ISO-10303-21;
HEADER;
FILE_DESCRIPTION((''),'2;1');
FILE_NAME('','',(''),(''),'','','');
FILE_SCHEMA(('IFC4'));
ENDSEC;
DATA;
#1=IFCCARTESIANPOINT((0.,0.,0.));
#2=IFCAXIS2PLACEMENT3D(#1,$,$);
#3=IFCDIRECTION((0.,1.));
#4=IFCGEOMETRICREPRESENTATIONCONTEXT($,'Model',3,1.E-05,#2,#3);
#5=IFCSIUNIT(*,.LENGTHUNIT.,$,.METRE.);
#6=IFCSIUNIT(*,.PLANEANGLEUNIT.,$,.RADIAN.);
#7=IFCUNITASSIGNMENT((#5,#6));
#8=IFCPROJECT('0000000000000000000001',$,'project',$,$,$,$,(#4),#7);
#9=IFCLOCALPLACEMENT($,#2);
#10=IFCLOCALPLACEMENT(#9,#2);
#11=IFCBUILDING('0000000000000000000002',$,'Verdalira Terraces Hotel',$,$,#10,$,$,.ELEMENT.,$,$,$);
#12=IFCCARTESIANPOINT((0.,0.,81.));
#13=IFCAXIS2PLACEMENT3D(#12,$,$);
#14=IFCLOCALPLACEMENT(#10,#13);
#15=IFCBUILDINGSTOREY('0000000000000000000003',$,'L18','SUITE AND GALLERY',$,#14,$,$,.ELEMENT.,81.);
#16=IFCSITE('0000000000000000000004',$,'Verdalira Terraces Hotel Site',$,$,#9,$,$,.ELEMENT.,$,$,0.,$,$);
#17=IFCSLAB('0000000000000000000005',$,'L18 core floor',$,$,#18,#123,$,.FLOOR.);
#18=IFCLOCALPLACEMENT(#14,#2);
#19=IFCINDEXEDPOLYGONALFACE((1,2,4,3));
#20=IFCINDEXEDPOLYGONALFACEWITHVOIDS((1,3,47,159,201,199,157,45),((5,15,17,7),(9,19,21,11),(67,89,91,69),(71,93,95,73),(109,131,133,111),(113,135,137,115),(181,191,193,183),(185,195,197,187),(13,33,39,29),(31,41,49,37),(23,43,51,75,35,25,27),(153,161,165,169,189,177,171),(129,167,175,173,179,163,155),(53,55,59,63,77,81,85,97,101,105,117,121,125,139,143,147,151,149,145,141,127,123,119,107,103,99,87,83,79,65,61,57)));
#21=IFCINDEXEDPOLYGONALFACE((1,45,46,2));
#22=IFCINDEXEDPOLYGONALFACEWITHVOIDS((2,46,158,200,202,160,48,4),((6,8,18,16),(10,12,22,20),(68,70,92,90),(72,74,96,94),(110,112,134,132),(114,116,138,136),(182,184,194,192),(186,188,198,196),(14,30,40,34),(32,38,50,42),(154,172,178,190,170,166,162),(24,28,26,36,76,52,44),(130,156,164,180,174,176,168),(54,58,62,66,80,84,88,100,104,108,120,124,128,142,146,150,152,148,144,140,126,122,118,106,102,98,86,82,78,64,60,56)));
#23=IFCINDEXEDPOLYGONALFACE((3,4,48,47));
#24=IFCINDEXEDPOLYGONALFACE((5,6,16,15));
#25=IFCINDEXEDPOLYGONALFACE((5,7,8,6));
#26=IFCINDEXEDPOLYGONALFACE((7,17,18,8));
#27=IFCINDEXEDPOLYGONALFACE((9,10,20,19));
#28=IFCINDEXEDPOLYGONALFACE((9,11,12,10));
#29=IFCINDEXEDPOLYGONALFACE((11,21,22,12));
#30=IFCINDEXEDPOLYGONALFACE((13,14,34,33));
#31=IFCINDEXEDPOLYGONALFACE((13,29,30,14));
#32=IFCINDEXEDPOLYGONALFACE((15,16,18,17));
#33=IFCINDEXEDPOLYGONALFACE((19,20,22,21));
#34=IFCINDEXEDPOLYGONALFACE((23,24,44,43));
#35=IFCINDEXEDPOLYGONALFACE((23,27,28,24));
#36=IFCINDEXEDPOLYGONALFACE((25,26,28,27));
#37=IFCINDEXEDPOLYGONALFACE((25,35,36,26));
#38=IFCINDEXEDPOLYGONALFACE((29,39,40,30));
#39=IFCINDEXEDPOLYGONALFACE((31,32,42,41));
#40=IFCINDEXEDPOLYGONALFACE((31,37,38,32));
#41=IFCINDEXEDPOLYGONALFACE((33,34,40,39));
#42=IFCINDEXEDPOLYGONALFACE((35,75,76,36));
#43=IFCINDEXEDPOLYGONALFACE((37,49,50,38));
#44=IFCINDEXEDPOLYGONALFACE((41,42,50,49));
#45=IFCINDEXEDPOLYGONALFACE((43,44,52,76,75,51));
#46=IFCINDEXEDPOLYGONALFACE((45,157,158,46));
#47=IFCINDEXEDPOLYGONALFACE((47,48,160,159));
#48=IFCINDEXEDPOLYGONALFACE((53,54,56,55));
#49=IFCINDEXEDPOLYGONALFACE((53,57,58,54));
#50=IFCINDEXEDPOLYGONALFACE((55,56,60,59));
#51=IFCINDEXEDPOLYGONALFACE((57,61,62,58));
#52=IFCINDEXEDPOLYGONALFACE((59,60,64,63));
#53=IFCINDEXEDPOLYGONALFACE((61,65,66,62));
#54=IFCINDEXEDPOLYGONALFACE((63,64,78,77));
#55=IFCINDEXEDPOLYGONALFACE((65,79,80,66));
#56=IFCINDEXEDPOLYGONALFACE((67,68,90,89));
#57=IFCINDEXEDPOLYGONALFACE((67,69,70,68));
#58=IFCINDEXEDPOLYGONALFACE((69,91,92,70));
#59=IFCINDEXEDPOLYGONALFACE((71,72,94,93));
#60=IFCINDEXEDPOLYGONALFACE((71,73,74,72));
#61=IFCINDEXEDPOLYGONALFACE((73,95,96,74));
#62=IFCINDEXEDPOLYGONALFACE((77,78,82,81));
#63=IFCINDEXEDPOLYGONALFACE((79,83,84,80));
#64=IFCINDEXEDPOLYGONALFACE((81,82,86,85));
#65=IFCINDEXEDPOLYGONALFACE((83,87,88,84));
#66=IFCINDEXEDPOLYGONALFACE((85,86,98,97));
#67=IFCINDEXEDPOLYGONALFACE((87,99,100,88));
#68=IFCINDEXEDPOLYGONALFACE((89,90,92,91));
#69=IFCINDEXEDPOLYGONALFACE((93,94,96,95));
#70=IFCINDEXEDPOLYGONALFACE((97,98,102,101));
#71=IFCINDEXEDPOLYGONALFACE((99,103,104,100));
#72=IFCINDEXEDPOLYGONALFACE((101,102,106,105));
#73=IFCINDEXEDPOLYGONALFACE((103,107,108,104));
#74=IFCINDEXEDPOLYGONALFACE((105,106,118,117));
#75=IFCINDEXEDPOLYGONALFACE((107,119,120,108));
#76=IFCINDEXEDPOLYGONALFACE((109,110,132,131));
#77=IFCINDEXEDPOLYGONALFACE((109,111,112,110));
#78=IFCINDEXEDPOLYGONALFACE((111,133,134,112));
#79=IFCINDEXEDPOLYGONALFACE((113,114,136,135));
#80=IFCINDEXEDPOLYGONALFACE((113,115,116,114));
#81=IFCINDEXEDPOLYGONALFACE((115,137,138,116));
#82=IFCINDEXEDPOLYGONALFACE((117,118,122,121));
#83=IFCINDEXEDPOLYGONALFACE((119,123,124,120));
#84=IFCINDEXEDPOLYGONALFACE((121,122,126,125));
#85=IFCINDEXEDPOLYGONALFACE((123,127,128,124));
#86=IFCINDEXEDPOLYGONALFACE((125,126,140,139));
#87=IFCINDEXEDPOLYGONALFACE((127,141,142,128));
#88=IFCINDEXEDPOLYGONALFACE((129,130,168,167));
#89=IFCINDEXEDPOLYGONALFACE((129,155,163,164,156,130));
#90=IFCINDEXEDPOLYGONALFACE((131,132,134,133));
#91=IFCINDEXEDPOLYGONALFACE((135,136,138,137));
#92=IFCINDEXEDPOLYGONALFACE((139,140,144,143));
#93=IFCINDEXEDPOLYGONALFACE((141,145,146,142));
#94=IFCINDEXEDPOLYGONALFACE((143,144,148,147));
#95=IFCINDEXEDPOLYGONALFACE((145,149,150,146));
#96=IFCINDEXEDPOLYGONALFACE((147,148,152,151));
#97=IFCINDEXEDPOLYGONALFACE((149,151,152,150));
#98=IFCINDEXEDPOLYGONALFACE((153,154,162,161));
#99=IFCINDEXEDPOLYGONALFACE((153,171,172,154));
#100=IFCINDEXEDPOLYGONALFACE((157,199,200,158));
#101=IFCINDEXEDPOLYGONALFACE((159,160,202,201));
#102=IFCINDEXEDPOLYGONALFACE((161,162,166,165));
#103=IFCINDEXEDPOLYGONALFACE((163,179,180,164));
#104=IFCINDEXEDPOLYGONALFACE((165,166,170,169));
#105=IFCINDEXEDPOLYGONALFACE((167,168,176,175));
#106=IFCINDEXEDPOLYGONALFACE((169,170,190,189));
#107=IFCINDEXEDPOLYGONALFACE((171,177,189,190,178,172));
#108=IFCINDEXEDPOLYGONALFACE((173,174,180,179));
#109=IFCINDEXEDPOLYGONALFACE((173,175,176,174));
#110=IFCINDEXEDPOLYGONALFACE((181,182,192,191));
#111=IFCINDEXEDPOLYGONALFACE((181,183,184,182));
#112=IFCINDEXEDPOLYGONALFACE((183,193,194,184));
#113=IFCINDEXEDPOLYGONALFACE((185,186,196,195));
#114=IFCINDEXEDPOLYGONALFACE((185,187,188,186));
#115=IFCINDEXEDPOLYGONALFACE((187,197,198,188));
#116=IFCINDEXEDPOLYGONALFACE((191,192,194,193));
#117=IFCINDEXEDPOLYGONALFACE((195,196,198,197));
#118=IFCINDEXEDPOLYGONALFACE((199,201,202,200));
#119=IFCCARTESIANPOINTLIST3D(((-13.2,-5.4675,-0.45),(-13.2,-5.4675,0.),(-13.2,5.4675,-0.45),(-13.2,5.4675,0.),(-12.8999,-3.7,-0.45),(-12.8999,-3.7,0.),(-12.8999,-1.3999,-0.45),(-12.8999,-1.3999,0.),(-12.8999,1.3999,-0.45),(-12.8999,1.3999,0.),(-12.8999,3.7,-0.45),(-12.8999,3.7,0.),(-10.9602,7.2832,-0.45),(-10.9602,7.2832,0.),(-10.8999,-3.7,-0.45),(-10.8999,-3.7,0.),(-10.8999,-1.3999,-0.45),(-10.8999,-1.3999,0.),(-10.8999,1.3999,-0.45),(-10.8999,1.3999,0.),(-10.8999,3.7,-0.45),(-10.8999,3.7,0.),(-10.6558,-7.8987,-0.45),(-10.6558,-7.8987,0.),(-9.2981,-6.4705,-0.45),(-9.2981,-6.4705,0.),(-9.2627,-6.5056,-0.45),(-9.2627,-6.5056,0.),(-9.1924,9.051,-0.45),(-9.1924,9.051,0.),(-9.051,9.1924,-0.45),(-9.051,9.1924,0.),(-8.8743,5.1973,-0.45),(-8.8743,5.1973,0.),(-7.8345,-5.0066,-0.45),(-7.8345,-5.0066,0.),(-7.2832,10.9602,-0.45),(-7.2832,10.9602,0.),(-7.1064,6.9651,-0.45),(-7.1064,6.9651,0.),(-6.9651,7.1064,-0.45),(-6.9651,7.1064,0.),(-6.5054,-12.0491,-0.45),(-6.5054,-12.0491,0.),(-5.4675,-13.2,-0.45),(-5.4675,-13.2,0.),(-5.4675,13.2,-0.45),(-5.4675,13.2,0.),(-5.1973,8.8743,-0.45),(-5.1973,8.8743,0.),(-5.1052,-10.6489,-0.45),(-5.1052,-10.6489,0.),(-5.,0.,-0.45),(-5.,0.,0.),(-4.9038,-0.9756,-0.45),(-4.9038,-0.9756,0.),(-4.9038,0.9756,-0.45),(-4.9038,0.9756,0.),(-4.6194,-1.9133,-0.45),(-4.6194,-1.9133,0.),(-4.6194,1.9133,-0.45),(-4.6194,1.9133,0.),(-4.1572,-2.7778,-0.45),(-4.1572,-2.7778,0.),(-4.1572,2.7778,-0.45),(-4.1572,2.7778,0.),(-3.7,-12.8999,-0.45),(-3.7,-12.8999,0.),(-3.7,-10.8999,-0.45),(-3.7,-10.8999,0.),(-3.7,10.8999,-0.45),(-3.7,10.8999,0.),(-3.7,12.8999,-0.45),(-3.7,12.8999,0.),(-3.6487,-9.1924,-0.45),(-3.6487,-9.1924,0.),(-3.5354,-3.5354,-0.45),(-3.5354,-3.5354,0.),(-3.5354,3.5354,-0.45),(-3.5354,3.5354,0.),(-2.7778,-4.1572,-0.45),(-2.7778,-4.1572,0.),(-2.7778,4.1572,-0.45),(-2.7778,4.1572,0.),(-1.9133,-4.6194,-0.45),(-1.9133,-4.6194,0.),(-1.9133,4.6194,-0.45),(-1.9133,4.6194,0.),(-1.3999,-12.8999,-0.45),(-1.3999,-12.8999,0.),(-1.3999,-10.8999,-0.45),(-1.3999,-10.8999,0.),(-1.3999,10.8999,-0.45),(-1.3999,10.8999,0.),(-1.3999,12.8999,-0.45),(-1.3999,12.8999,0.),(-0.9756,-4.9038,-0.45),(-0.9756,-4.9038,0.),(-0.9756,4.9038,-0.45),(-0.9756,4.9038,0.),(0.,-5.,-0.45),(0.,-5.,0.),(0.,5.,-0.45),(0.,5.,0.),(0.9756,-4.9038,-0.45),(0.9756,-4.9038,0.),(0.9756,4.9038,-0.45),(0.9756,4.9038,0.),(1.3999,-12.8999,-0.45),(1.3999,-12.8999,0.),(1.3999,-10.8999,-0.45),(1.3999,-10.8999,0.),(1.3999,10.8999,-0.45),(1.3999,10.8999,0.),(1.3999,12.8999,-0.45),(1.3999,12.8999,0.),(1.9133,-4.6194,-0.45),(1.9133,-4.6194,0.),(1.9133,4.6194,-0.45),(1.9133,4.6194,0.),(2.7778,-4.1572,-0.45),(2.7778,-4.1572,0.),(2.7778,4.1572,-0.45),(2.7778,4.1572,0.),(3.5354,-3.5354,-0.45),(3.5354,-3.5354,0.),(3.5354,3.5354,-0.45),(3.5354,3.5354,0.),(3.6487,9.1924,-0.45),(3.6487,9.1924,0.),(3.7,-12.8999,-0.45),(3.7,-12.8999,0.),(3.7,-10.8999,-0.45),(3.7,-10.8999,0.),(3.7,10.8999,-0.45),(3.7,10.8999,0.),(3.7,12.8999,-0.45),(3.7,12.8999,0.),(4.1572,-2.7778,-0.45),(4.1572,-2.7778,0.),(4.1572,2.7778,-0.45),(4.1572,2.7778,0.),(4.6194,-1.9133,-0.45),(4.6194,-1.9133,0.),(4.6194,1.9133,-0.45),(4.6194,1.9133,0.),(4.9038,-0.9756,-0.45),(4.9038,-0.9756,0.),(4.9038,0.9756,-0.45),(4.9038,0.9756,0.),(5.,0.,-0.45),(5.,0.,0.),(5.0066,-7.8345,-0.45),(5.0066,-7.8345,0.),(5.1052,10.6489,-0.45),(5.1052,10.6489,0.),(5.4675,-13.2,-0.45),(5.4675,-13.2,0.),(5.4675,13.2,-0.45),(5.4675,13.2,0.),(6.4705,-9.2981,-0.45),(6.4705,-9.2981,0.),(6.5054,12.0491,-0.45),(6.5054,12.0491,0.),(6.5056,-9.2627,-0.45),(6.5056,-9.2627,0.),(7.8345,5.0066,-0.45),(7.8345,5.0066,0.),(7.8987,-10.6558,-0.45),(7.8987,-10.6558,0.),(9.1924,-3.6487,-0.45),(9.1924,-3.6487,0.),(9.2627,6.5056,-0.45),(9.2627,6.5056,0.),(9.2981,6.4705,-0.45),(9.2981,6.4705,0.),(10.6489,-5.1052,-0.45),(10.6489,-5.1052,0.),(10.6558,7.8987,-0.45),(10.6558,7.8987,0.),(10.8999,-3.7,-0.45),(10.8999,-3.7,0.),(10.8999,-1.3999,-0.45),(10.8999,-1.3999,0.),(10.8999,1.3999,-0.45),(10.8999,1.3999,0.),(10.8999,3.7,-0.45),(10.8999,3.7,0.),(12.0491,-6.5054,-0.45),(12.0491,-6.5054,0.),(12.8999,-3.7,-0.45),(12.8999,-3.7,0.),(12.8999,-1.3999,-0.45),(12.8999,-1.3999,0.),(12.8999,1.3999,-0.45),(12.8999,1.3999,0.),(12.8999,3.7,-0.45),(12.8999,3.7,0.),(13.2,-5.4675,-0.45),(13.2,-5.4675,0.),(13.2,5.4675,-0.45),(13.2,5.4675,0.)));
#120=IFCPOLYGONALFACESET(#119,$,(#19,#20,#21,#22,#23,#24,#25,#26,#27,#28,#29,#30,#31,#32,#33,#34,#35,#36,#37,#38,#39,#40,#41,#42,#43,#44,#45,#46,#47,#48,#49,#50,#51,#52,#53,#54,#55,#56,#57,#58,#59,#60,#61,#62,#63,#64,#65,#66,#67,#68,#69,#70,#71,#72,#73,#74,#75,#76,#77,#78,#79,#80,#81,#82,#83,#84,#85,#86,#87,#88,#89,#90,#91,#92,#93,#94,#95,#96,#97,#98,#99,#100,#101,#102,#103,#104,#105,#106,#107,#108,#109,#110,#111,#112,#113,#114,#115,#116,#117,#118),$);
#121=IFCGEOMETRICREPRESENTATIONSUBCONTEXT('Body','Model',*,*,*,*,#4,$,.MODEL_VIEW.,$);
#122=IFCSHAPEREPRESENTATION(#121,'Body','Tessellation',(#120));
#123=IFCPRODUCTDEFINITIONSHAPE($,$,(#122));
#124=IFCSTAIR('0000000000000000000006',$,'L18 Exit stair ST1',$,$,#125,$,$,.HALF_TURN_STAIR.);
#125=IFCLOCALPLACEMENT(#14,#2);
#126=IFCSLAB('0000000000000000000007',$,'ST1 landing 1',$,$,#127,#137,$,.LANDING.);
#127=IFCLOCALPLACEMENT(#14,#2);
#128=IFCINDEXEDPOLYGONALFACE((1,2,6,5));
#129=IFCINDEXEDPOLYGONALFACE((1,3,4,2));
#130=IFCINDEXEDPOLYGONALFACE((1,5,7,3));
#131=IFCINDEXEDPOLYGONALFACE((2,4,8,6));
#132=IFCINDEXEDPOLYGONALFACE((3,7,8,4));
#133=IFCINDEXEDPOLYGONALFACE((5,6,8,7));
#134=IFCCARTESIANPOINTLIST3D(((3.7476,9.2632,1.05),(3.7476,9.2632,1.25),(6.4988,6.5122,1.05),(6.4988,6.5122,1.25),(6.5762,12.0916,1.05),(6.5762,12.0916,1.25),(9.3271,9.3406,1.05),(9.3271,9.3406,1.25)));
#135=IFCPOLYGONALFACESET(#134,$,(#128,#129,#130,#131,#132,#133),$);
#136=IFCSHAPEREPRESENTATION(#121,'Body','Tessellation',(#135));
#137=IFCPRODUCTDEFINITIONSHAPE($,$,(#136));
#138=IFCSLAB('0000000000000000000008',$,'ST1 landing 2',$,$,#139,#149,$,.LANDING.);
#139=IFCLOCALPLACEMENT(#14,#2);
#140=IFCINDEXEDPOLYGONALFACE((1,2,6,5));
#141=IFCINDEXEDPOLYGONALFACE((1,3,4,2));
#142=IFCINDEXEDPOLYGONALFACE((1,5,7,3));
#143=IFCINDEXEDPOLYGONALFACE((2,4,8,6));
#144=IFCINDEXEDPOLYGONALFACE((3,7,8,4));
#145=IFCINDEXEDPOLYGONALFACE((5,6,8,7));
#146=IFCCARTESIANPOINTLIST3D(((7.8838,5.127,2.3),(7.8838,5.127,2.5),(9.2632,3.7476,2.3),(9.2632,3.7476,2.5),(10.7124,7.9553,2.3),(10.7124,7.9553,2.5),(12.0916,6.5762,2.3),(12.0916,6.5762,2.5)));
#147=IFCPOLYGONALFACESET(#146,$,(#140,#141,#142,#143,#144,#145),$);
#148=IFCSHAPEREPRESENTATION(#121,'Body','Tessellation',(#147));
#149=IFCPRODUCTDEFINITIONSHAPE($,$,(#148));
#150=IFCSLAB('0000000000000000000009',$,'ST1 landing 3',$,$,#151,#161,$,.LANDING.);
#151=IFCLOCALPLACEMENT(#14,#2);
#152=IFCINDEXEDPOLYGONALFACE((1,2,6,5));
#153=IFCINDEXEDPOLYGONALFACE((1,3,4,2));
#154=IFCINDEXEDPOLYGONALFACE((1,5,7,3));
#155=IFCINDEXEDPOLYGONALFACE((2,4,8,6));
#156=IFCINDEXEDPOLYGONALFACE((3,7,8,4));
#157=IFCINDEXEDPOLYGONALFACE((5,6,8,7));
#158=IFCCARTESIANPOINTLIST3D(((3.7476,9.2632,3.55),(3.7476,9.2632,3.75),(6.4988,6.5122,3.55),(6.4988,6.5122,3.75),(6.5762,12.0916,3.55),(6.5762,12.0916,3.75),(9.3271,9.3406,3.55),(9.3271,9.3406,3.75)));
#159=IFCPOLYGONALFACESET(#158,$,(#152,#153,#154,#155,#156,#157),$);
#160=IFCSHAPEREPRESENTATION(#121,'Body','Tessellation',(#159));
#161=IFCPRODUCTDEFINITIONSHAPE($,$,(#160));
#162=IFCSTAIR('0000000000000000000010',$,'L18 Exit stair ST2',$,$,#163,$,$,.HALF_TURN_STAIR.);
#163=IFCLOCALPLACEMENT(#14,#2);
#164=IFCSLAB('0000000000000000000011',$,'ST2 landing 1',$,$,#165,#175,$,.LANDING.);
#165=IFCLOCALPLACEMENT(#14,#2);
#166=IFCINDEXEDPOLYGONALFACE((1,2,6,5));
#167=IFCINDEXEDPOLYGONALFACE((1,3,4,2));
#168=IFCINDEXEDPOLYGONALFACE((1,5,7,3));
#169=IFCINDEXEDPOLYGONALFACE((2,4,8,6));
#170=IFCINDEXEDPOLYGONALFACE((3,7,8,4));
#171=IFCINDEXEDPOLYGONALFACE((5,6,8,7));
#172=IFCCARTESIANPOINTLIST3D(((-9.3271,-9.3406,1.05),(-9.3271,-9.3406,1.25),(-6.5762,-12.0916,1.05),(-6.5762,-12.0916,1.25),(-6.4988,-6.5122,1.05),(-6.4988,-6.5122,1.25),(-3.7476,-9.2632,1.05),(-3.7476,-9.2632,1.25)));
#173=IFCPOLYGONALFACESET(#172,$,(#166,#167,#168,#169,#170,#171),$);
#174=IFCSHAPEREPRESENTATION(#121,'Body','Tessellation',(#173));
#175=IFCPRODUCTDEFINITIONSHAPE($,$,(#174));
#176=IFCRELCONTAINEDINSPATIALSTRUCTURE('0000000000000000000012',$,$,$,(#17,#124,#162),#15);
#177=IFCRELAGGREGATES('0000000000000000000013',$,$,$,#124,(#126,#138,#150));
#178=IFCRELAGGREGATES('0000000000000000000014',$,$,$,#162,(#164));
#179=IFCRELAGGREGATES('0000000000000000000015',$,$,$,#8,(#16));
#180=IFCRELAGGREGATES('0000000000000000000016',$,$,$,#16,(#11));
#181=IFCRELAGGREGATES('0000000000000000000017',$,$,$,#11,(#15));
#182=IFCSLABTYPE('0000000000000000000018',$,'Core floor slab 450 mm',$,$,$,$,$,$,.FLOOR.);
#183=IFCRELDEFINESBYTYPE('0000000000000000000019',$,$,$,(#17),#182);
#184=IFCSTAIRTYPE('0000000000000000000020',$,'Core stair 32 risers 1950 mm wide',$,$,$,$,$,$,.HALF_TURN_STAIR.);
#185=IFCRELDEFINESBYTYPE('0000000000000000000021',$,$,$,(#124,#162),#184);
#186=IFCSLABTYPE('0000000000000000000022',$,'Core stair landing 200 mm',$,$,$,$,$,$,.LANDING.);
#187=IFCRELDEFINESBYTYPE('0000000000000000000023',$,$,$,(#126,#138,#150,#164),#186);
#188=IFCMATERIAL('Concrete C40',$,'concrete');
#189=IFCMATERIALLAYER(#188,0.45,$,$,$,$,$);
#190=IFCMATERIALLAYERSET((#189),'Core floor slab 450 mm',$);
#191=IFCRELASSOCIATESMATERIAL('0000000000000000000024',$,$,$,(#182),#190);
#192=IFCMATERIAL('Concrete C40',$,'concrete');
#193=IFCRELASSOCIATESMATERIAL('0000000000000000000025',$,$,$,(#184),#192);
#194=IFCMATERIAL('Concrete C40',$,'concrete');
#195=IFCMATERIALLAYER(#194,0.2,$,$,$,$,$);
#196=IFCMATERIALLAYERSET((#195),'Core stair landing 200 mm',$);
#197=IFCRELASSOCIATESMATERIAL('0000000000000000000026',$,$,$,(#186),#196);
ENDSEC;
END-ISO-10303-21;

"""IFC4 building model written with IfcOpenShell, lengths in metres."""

from ifc_helpers import new_model, si_unit, direction, frame, origin, place, context, subcontext, project, spatial, polyline, outline, extrude, material, layer, layer_set, type_object, element, aggregate, save


model = new_model("IFC4")

# Units and contexts
model_context = context("Model", 3, precision=1e-05, world=origin(), true_north=direction((0.0, 1.0)))
body_context = subcontext(model_context, "Body", "Model", "MODEL_VIEW")
ifc_project = project(units=[si_unit("LENGTHUNIT", "METRE"), si_unit("PLANEANGLEUNIT", "RADIAN")], contexts=[model_context])

# Site, building, storey
site_placement = place(None, origin())
site = spatial("IfcSite", under=ifc_project, at=site_placement, Name="Verdalira Terraces Hotel Site", CompositionType="ELEMENT", RefElevation=0.0)
building_placement = place(site_placement, origin())
building = spatial("IfcBuilding", under=site, at=building_placement, Name="Verdalira Terraces Hotel", CompositionType="ELEMENT")
storey_placement = place(building_placement, frame((0.0, 0.0, 81.0)))
storey = spatial("IfcBuildingStorey", under=building, at=storey_placement, Name="L18", Description="SUITE AND GALLERY", CompositionType="ELEMENT", Elevation=81.0)

# Slab
ifc_material_1 = material(Name="Concrete C40", Category="concrete")
ifc_layer_1 = layer(ifc_material_1, 0.45)
ifc_layer_set_1 = layer_set([ifc_layer_1], Name="Core floor slab 450 mm")
slab_type_1 = type_object("IfcSlabType", Name="Core floor slab 450 mm", PredefinedType="FLOOR", material=ifc_layer_set_1)
slab_1_placement = place(storey_placement, frame((0.0, 0.0, -0.45)))
element("IfcSlab", 1, at=slab_1_placement, inside=storey, type_object=slab_type_1, Name="L18 core floor", PredefinedType="FLOOR", context=body_context, shape_type="SweptSolid", body=[
    extrude(outline(polyline([(-5.4675, 13.2), (5.4675, 13.2), (13.2, 5.4675), (13.2, -5.4675), (5.4675, -13.2), (-5.4675, -13.2), (-13.2, -5.4675), (-13.2, 5.4675), (-5.4675, 13.2)]), holes=[polyline([(12.8999, -3.7), (12.8999, -1.3999), (10.8999, -1.3999), (10.8999, -3.7), (12.8999, -3.7)]), polyline([(12.8999, 1.3999), (12.8999, 3.7), (10.8999, 3.7), (10.8999, 1.3999), (12.8999, 1.3999)]), polyline([(1.3999, 10.8999), (3.7, 10.8999), (3.7, 12.8999), (1.3999, 12.8999), (1.3999, 10.8999)]), polyline([(-3.7, 10.8999), (-1.3999, 10.8999), (-1.3999, 12.8999), (-3.7, 12.8999), (-3.7, 10.8999)]), polyline([(-12.8999, 3.7), (-12.8999, 1.3999), (-10.8999, 1.3999), (-10.8999, 3.7), (-12.8999, 3.7)]), polyline([(-12.8999, -1.3999), (-12.8999, -3.7), (-10.8999, -3.7), (-10.8999, -1.3999), (-12.8999, -1.3999)]), polyline([(-1.3999, -10.8999), (-3.7, -10.8999), (-3.7, -12.8999), (-1.3999, -12.8999), (-1.3999, -10.8999)]), polyline([(3.7, -10.8999), (1.3999, -10.8999), (1.3999, -12.8999), (3.7, -12.8999), (3.7, -10.8999)]), polyline([(-9.051, 9.1924), (-6.9651, 7.1064), (-5.1973, 8.8743), (-7.2832, 10.9602), (-9.051, 9.1924)]), polyline([(-9.1924, 9.051), (-10.9602, 7.2832), (-8.8743, 5.1973), (-7.1064, 6.9651), (-9.1924, 9.051)]), polyline([(3.5354, 3.5354), (2.7778, 4.1572), (1.9133, 4.6194), (0.9756, 4.9038), (0.0, 5.0), (-0.9756, 4.9038), (-1.9133, 4.6194), (-2.7778, 4.1572), (-3.5354, 3.5354), (-4.1572, 2.7778), (-4.6194, 1.9133), (-4.9038, 0.9756), (-5.0, 0.0), (-4.9038, -0.9756), (-4.6194, -1.9133), (-4.1572, -2.7778), (-3.5354, -3.5354), (-2.7778, -4.1572), (-1.9133, -4.6194), (-0.9756, -4.9038), (0.0, -5.0), (0.9756, -4.9038), (1.9133, -4.6194), (2.7778, -4.1572), (3.5354, -3.5354), (4.1572, -2.7778), (4.6194, -1.9133), (4.9038, -0.9756), (5.0, 0.0), (4.9038, 0.9756), (4.6194, 1.9133), (4.1572, 2.7778), (3.5354, 3.5354)]), polyline([(6.5054, 12.0491), (5.1052, 10.6489), (3.6487, 9.1924), (7.8345, 5.0066), (9.2981, 6.4705), (9.2627, 6.5056), (10.6558, 7.8987), (6.5054, 12.0491)]), polyline([(-3.6487, -9.1924), (-7.8345, -5.0066), (-9.2981, -6.4705), (-9.2627, -6.5056), (-10.6558, -7.8987), (-6.5054, -12.0491), (-5.1052, -10.6489), (-3.6487, -9.1924)]), polyline([(10.6489, -5.1052), (9.1924, -3.6487), (5.0066, -7.8345), (6.4705, -9.2981), (6.5056, -9.2627), (7.8987, -10.6558), (12.0491, -6.5054), (10.6489, -5.1052)])]), origin(), (0.0, 0.0, 1.0), 0.45),
])

# Stairs, slabs
ifc_material_2 = material(Name="Concrete C40", Category="concrete")
stair_type = type_object("IfcStairType", Name="Core stair 32 risers 1950 mm wide", PredefinedType="HALF_TURN_STAIR", material=ifc_material_2)
stair_1_placement = place(storey_placement, origin())
stair_1 = element("IfcStair", 2, at=stair_1_placement, inside=storey, type_object=stair_type, Name="L18 Exit stair ST1", PredefinedType="HALF_TURN_STAIR")
ifc_material_3 = material(Name="Concrete C40", Category="concrete")
ifc_layer_2 = layer(ifc_material_3, 0.2)
ifc_layer_set_2 = layer_set([ifc_layer_2], Name="Core stair landing 200 mm")
slab_type_2 = type_object("IfcSlabType", Name="Core stair landing 200 mm", PredefinedType="LANDING", material=ifc_layer_set_2)
slab_2_placement = place(storey_placement, frame((0.0, 0.0, 1.05)))
slab_2 = element("IfcSlab", 3, at=slab_2_placement, type_object=slab_type_2, Name="ST1 landing 1", PredefinedType="LANDING", context=body_context, shape_type="SweptSolid", body=[
    extrude(outline(polyline([(9.3271, 9.3406), (6.5762, 12.0916), (3.7476, 9.2632), (6.4988, 6.5122), (9.3271, 9.3406)])), origin(), (0.0, 0.0, 1.0), 0.2),
])
slab_3_placement = place(storey_placement, frame((0.0, 0.0, 2.3)))
slab_3 = element("IfcSlab", 4, at=slab_3_placement, type_object=slab_type_2, Name="ST1 landing 2", PredefinedType="LANDING", context=body_context, shape_type="SweptSolid", body=[
    extrude(outline(polyline([(12.0916, 6.5762), (10.7124, 7.9553), (7.8838, 5.127), (9.2632, 3.7476), (12.0916, 6.5762)])), origin(), (0.0, 0.0, 1.0), 0.2),
])
slab_4_placement = place(storey_placement, frame((0.0, 0.0, 3.55)))
slab_4 = element("IfcSlab", 5, at=slab_4_placement, type_object=slab_type_2, Name="ST1 landing 3", PredefinedType="LANDING", context=body_context, shape_type="SweptSolid", body=[
    extrude(outline(polyline([(9.3271, 9.3406), (6.5762, 12.0916), (3.7476, 9.2632), (6.4988, 6.5122), (9.3271, 9.3406)])), origin(), (0.0, 0.0, 1.0), 0.2),
])
aggregate(stair_1, [slab_2, slab_3, slab_4])
stair_2_placement = place(storey_placement, origin())
stair_2 = element("IfcStair", 6, at=stair_2_placement, inside=storey, type_object=stair_type, Name="L18 Exit stair ST2", PredefinedType="HALF_TURN_STAIR")
slab_5_placement = place(storey_placement, frame((0.0, 0.0, 1.05)))
slab_5 = element("IfcSlab", 7, at=slab_5_placement, type_object=slab_type_2, Name="ST2 landing 1", PredefinedType="LANDING", context=body_context, shape_type="SweptSolid", body=[
    extrude(outline(polyline([(-9.3271, -9.3406), (-6.5762, -12.0916), (-3.7476, -9.2632), (-6.4988, -6.5122), (-9.3271, -9.3406)])), origin(), (0.0, 0.0, 1.0), 0.2),
])
aggregate(stair_2, [slab_5])

save(model, "model.ifc")
